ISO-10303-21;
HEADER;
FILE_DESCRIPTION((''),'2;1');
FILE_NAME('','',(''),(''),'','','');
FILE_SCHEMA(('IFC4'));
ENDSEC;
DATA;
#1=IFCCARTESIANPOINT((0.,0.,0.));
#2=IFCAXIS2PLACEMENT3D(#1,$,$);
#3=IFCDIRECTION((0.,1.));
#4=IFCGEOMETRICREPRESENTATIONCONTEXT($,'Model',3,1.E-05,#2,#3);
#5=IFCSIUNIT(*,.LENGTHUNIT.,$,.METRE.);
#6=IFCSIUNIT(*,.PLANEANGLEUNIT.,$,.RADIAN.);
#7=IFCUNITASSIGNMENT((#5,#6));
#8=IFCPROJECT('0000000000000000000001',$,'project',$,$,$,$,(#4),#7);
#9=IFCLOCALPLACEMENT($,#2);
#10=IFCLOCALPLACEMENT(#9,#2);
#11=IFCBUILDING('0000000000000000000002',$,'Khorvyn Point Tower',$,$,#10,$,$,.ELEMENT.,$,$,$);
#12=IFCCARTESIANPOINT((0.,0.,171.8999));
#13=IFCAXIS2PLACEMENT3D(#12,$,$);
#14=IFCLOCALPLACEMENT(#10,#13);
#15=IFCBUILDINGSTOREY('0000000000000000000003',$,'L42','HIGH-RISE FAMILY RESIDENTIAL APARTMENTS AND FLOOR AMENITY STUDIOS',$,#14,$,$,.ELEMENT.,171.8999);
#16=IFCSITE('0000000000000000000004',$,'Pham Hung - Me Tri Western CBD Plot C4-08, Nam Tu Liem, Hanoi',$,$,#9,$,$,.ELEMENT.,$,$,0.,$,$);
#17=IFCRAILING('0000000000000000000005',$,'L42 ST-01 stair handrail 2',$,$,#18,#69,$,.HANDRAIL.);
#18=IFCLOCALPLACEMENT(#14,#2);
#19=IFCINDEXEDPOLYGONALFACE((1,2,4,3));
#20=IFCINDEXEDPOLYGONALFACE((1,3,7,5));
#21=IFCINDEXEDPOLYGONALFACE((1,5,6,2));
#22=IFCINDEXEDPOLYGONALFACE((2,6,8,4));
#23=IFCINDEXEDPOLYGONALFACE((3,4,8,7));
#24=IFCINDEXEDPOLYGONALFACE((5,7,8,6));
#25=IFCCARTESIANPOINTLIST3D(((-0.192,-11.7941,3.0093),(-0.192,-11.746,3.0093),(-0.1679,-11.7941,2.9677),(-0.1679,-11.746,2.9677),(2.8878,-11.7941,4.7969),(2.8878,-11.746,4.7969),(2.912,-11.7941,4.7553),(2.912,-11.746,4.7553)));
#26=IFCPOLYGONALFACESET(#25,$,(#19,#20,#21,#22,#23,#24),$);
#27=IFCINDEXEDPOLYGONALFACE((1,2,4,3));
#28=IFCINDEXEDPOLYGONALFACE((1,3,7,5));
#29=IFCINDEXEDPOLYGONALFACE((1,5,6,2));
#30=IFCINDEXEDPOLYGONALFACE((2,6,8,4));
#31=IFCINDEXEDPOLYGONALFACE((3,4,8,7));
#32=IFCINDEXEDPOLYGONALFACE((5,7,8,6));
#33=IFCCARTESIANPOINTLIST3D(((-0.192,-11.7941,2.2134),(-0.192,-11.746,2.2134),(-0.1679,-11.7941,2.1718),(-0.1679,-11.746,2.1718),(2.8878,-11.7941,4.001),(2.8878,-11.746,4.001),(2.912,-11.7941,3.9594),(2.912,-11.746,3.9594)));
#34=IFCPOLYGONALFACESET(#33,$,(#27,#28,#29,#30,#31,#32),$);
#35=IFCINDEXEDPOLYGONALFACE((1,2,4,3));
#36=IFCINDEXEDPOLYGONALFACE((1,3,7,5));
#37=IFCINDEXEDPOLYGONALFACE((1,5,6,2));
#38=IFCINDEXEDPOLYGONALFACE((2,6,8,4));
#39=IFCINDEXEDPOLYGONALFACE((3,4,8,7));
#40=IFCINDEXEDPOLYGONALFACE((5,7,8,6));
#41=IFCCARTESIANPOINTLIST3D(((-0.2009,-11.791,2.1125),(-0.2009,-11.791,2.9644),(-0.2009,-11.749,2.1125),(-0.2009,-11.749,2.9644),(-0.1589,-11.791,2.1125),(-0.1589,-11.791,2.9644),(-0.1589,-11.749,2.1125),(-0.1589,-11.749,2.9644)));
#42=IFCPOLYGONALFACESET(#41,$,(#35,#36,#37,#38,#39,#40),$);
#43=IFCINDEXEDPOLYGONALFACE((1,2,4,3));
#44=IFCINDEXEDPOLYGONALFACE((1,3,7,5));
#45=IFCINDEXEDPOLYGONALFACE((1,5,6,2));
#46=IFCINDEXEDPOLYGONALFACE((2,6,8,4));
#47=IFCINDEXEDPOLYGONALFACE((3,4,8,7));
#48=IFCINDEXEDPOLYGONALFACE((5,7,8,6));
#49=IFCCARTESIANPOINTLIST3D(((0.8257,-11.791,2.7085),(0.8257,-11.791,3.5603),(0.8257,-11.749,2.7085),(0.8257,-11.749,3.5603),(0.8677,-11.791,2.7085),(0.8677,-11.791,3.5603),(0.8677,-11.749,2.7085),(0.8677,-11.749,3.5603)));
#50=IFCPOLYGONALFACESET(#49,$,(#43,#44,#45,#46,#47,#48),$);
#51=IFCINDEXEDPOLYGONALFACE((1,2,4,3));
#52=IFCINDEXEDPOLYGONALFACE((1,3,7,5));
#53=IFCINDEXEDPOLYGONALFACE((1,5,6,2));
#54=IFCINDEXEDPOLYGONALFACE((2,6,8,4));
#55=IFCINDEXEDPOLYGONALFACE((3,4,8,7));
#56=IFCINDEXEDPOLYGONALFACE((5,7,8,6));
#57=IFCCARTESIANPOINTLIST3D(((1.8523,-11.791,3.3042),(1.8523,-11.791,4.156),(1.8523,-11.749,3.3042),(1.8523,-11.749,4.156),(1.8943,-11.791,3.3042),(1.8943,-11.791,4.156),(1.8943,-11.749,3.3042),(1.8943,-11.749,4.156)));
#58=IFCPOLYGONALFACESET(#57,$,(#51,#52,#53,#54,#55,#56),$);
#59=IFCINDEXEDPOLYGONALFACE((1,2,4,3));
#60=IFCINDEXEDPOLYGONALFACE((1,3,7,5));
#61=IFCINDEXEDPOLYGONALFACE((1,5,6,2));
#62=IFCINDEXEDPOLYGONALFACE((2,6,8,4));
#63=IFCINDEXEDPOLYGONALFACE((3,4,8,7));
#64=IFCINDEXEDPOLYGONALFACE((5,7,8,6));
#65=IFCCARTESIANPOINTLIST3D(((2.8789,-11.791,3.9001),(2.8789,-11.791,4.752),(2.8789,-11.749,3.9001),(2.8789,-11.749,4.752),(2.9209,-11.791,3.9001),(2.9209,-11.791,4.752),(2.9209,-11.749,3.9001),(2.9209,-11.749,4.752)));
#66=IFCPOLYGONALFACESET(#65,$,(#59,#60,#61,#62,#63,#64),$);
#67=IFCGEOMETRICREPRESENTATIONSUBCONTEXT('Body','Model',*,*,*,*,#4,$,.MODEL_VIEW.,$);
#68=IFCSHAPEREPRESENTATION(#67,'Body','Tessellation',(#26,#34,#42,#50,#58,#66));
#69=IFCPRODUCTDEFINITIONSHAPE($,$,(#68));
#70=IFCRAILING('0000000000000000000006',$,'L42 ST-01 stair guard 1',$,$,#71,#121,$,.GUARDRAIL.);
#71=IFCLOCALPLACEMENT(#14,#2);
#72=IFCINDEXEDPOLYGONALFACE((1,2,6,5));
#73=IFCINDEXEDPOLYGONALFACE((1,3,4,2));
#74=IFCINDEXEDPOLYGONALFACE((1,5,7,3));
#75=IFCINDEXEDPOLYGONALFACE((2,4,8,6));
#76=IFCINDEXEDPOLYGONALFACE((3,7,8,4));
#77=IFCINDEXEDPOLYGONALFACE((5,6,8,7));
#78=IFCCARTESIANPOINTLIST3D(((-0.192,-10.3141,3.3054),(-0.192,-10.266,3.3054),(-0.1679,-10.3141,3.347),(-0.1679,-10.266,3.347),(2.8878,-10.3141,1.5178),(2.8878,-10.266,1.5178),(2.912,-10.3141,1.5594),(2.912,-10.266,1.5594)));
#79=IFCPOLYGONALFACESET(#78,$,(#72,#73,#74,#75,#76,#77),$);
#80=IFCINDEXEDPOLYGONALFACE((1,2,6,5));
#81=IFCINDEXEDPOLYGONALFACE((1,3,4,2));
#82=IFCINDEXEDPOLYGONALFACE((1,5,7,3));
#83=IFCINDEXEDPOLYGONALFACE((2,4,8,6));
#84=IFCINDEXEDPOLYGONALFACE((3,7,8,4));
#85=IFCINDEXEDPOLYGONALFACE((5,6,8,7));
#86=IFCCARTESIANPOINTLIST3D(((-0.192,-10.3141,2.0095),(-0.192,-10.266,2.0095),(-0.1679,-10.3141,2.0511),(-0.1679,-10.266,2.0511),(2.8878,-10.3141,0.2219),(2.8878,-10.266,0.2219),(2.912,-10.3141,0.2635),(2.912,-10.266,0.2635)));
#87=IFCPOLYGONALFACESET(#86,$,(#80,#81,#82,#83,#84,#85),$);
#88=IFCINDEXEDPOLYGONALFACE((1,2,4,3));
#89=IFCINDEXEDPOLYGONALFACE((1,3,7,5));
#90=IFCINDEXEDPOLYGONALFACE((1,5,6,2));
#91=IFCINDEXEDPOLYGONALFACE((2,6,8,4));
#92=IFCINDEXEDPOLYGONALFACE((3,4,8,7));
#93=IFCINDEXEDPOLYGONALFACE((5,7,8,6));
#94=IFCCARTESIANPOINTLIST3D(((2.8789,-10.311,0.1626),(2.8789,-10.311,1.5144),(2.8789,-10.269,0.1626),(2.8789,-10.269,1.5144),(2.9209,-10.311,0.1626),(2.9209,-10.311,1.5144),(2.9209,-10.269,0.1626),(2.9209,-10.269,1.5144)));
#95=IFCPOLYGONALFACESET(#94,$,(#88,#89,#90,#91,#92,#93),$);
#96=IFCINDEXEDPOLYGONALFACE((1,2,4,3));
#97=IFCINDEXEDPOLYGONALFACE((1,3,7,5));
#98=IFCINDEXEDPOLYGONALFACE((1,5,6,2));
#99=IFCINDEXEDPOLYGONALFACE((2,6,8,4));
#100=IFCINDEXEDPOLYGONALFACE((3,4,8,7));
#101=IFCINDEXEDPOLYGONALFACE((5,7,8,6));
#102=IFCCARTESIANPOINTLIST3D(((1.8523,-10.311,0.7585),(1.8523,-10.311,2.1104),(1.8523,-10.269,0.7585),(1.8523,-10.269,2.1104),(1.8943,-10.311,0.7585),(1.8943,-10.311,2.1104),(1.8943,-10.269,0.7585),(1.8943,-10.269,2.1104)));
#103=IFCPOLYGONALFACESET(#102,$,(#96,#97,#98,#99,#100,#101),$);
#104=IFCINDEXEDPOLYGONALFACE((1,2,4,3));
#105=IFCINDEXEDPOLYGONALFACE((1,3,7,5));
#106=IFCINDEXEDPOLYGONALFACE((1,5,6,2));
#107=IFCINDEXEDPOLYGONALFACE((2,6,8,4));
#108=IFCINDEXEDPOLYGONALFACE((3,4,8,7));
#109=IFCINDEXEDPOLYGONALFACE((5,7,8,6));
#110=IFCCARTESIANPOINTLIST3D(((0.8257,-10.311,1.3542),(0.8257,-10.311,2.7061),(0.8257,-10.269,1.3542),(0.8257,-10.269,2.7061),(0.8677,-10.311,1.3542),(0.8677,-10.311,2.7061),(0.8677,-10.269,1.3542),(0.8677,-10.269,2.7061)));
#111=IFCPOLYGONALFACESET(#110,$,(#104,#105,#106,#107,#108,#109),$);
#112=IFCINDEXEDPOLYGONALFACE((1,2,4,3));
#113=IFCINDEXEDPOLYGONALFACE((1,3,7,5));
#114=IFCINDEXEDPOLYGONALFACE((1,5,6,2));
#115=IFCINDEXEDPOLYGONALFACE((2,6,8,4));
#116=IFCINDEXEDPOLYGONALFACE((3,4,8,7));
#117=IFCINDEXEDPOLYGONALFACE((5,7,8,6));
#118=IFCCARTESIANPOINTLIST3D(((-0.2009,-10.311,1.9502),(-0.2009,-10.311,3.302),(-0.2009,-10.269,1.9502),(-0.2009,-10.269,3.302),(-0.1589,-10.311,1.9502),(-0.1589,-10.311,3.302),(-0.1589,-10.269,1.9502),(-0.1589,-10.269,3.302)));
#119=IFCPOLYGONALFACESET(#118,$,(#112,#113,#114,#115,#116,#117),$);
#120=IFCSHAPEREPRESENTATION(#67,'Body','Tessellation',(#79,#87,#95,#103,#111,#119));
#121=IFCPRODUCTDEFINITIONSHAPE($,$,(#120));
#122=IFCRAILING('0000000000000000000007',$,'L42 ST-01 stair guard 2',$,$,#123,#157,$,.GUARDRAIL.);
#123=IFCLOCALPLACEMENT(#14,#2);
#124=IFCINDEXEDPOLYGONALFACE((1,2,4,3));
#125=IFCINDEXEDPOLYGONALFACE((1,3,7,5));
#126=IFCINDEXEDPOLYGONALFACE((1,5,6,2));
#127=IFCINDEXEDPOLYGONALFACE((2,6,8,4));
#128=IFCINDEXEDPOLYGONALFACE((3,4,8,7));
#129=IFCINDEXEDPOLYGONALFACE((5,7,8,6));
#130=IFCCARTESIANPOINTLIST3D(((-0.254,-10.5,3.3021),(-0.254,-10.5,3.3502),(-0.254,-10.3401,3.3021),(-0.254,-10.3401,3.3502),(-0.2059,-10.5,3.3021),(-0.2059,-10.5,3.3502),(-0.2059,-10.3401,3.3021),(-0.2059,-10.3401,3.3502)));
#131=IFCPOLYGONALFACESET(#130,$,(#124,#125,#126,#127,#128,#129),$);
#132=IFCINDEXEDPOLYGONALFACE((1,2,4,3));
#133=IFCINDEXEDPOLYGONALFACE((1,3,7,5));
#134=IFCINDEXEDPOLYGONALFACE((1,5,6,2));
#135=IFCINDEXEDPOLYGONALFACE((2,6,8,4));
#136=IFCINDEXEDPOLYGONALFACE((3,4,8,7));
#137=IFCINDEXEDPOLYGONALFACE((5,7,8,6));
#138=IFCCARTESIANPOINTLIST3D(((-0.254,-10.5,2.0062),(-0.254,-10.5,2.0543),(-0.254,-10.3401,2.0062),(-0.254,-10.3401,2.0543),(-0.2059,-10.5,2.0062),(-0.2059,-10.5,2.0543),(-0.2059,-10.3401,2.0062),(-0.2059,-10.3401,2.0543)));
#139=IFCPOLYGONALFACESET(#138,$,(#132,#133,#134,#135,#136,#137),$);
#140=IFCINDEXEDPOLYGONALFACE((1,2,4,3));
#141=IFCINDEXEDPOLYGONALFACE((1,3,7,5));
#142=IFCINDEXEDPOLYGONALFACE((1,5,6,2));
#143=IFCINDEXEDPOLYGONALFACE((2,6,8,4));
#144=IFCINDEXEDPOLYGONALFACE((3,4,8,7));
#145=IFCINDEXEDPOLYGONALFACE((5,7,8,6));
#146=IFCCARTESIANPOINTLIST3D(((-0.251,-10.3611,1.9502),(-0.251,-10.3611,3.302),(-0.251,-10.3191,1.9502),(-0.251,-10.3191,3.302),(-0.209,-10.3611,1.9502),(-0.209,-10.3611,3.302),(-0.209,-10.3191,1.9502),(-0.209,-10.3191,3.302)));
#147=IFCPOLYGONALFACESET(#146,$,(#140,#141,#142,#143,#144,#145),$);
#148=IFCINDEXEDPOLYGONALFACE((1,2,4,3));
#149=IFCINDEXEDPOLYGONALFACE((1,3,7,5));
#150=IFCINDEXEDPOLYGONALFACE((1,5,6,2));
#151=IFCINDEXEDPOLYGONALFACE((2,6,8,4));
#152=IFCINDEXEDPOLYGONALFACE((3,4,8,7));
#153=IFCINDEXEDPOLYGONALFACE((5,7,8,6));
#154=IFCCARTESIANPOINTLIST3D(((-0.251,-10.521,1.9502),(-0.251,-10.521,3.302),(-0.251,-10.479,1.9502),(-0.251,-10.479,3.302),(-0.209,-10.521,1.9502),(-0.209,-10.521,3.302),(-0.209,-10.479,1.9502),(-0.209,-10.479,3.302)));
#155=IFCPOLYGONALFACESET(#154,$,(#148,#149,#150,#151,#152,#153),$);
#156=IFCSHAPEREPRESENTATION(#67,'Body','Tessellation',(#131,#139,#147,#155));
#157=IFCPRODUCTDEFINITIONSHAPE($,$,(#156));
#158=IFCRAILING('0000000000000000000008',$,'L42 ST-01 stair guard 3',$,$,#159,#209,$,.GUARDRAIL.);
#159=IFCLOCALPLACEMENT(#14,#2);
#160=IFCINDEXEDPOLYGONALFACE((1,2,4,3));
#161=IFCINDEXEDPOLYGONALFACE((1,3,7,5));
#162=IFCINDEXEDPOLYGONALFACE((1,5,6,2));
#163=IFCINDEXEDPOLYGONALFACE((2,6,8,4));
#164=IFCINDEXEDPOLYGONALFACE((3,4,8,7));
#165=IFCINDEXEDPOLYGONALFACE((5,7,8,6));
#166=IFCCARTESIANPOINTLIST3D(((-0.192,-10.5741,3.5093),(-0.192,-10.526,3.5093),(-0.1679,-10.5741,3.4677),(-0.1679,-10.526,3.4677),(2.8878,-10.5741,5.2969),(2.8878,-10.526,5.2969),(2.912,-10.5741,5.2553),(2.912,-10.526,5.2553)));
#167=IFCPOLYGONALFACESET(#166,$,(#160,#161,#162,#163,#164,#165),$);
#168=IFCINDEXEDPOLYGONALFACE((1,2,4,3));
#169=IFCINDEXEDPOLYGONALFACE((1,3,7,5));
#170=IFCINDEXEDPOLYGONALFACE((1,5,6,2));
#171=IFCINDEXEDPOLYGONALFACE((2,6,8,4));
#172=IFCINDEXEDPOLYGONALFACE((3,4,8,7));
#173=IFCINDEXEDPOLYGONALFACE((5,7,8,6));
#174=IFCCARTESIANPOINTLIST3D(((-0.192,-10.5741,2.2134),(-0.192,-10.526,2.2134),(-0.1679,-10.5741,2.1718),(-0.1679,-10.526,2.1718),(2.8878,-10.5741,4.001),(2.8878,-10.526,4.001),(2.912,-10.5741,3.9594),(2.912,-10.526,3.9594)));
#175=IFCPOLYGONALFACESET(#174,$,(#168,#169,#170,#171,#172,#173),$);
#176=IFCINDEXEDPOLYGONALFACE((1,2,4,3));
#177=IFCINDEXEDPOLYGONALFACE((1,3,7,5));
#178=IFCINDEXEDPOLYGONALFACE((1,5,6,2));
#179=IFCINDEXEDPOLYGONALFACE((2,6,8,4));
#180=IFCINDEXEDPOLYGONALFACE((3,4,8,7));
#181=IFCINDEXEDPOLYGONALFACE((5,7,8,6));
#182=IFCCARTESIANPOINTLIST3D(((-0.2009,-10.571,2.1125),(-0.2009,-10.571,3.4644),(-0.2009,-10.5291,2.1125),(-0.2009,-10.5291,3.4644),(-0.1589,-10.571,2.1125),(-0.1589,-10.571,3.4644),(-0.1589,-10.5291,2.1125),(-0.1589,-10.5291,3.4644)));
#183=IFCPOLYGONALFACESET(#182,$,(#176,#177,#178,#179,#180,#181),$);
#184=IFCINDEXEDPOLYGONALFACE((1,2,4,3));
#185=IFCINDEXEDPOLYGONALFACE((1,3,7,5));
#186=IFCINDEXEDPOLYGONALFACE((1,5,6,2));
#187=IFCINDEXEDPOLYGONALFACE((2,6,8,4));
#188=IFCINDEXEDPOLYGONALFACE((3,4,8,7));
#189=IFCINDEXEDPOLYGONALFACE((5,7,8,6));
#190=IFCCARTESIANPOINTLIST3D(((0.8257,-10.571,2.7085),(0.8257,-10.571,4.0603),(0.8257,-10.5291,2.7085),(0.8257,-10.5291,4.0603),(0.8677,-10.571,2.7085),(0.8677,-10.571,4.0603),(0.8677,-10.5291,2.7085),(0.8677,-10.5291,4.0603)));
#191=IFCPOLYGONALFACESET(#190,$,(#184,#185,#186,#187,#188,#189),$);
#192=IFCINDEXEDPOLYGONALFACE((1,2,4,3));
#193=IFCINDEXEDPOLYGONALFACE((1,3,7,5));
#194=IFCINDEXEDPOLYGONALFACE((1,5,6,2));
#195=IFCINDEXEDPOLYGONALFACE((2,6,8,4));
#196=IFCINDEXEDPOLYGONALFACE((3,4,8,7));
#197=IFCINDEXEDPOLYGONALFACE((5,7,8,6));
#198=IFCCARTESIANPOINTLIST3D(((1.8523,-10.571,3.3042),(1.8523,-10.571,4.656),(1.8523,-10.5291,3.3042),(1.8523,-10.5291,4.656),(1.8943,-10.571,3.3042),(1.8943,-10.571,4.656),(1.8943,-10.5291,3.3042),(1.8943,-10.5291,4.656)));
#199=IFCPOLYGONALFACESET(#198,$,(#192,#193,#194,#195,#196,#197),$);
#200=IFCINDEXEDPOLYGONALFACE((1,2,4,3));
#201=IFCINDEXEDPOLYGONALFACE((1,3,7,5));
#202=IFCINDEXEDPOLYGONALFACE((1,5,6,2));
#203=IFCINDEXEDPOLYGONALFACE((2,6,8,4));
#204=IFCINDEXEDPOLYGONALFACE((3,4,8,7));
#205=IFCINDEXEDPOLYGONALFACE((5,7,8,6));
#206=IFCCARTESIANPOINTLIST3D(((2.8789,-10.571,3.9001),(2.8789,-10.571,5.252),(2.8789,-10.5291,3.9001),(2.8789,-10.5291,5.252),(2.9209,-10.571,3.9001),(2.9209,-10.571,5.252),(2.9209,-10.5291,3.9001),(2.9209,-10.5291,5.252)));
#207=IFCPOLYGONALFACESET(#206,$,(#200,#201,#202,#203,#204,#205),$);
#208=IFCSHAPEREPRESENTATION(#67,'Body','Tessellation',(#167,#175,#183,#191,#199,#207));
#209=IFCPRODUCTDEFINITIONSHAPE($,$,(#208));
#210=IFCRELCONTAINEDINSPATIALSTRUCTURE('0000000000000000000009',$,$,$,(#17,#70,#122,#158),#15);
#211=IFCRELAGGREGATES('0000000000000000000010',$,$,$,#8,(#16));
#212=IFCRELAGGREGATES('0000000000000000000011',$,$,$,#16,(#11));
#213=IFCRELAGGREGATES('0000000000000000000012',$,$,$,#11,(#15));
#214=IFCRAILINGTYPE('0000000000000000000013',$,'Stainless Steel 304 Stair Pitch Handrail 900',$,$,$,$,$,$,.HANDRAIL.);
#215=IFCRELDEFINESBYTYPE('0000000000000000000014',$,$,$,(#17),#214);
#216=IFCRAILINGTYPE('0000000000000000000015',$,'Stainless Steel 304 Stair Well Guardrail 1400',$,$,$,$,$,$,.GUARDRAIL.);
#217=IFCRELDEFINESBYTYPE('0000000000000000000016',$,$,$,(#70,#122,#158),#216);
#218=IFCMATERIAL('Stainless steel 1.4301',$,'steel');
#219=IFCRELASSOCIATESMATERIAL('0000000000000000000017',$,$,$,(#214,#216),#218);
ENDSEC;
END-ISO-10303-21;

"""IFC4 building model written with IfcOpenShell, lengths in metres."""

from ifc_helpers import new_model, si_unit, direction, frame, origin, origin_2d, place, context, subcontext, project, spatial, rectangle, extrude, material, type_object, element, save


model = new_model("IFC4")

# Units and contexts
model_context = context("Model", 3, precision=1e-05, world=origin(), true_north=direction((0.0, 1.0)))
body_context = subcontext(model_context, "Body", "Model", "MODEL_VIEW")
ifc_project = project(units=[si_unit("LENGTHUNIT", "METRE"), si_unit("PLANEANGLEUNIT", "RADIAN")], contexts=[model_context])

# Site, building, storey
site_placement = place(None, origin())
site = spatial("IfcSite", under=ifc_project, at=site_placement, Name="Pham Hung - Me Tri Western CBD Plot C4-08, Nam Tu Liem, Hanoi", CompositionType="ELEMENT", RefElevation=0.0)
building_placement = place(site_placement, origin())
building = spatial("IfcBuilding", under=site, at=building_placement, Name="Khorvyn Point Tower", CompositionType="ELEMENT")
storey_placement = place(building_placement, frame((0.0, 0.0, 171.8999)))
storey = spatial("IfcBuildingStorey", under=building, at=storey_placement, Name="L42", Description="HIGH-RISE FAMILY RESIDENTIAL APARTMENTS AND FLOOR AMENITY STUDIOS", CompositionType="ELEMENT", Elevation=171.8999)

# Shared definitions
ifc_material_1 = material(Name="Stainless steel 1.4301", Category="steel")

# Railings
railing_type_1 = type_object("IfcRailingType", Name="Stainless Steel 304 Stair Pitch Handrail 900", PredefinedType="HANDRAIL", material=ifc_material_1)
railing_1_placement = place(storey_placement, frame((-0.1799, -11.77, 2.1125)))
element("IfcRailing", 1, at=railing_1_placement, inside=storey, type_object=railing_type_1, Name="L42 ST-01 stair handrail 2", PredefinedType="HANDRAIL", context=body_context, shape_type="SweptSolid", body=[
    extrude(rectangle(XDim=0.0481, YDim=0.0481, at=origin_2d()), frame((0.0, 0.0, 0.876), z_axis=(0.864873, 0.0, 0.50199), x_axis=(0.0, 1.0, 0.0)), (0.0, 0.0, 1.0), 3.561),
    extrude(rectangle(XDim=0.0481, YDim=0.0481, at=origin_2d()), frame((0.0, 0.0, 0.0801), z_axis=(0.864873, 0.0, 0.50199), x_axis=(0.0, 1.0, 0.0)), (0.0, 0.0, 1.0), 3.561),
    extrude(rectangle(XDim=0.042, YDim=0.042, at=origin_2d()), origin(), (0.0, 0.0, 1.0), 0.8518),
    extrude(rectangle(XDim=0.042, YDim=0.042, at=origin_2d()), frame((1.0266, 0.0, 0.5959)), (0.0, 0.0, 1.0), 0.8518),
    extrude(rectangle(XDim=0.042, YDim=0.042, at=origin_2d()), frame((2.0532, 0.0, 1.1917)), (0.0, 0.0, 1.0), 0.8518),
    extrude(rectangle(XDim=0.042, YDim=0.042, at=origin_2d()), frame((3.0798, 0.0, 1.7876)), (0.0, 0.0, 1.0), 0.8518),
])
railing_type_2 = type_object("IfcRailingType", Name="Stainless Steel 304 Stair Well Guardrail 1400", PredefinedType="GUARDRAIL", material=ifc_material_1)
railing_2_placement = place(storey_placement, frame((2.8999, -10.29, 0.1626)))
element("IfcRailing", 2, at=railing_2_placement, inside=storey, type_object=railing_type_2, Name="L42 ST-01 stair guard 1", PredefinedType="GUARDRAIL", context=body_context, shape_type="SweptSolid", body=[
    extrude(rectangle(XDim=0.0481, YDim=0.0481, at=origin_2d()), frame((0.0, 0.0, 1.376), z_axis=(-0.864873, 0.0, 0.50199), x_axis=(0.0, -1.0, 0.0)), (0.0, 0.0, 1.0), 3.561),
    extrude(rectangle(XDim=0.0481, YDim=0.0481, at=origin_2d()), frame((0.0, 0.0, 0.0801), z_axis=(-0.864873, 0.0, 0.50199), x_axis=(0.0, -1.0, 0.0)), (0.0, 0.0, 1.0), 3.561),
    extrude(rectangle(XDim=0.042, YDim=0.042, at=origin_2d()), origin(), (0.0, 0.0, 1.0), 1.3518),
    extrude(rectangle(XDim=0.042, YDim=0.042, at=origin_2d()), frame((-1.0266, 0.0, 0.5959)), (0.0, 0.0, 1.0), 1.3518),
    extrude(rectangle(XDim=0.042, YDim=0.042, at=origin_2d()), frame((-2.0532, 0.0, 1.1917)), (0.0, 0.0, 1.0), 1.3518),
    extrude(rectangle(XDim=0.042, YDim=0.042, at=origin_2d()), frame((-3.0798, 0.0, 1.7876)), (0.0, 0.0, 1.0), 1.3518),
])
railing_3_placement = place(storey_placement, frame((-0.23, -10.3401, 1.9502)))
element("IfcRailing", 3, at=railing_3_placement, inside=storey, type_object=railing_type_2, Name="L42 ST-01 stair guard 2", PredefinedType="GUARDRAIL", context=body_context, shape_type="SweptSolid", body=[
    extrude(rectangle(XDim=0.0481, YDim=0.0481, at=origin_2d()), frame((0.0, 0.0, 1.376), z_axis=(0.0, -1.0, 0.0), x_axis=(1.0, 0.0, 0.0)), (0.0, 0.0, 1.0), 0.1599),
    extrude(rectangle(XDim=0.0481, YDim=0.0481, at=origin_2d()), frame((0.0, 0.0, 0.0801), z_axis=(0.0, -1.0, 0.0), x_axis=(1.0, 0.0, 0.0)), (0.0, 0.0, 1.0), 0.1599),
    extrude(rectangle(XDim=0.042, YDim=0.042, at=origin_2d()), origin(), (0.0, 0.0, 1.0), 1.3518),
    extrude(rectangle(XDim=0.042, YDim=0.042, at=origin_2d()), frame((0.0, -0.1599, 0.0)), (0.0, 0.0, 1.0), 1.3518),
])
railing_4_placement = place(storey_placement, frame((-0.1799, -10.55, 2.1125)))
element("IfcRailing", 4, at=railing_4_placement, inside=storey, type_object=railing_type_2, Name="L42 ST-01 stair guard 3", PredefinedType="GUARDRAIL", context=body_context, shape_type="SweptSolid", body=[
    extrude(rectangle(XDim=0.0481, YDim=0.0481, at=origin_2d()), frame((0.0, 0.0, 1.376), z_axis=(0.864873, 0.0, 0.50199), x_axis=(0.0, 1.0, 0.0)), (0.0, 0.0, 1.0), 3.561),
    extrude(rectangle(XDim=0.0481, YDim=0.0481, at=origin_2d()), frame((0.0, 0.0, 0.0801), z_axis=(0.864873, 0.0, 0.50199), x_axis=(0.0, 1.0, 0.0)), (0.0, 0.0, 1.0), 3.561),
    extrude(rectangle(XDim=0.042, YDim=0.042, at=origin_2d()), origin(), (0.0, 0.0, 1.0), 1.3518),
    extrude(rectangle(XDim=0.042, YDim=0.042, at=origin_2d()), frame((1.0266, 0.0, 0.5959)), (0.0, 0.0, 1.0), 1.3518),
    extrude(rectangle(XDim=0.042, YDim=0.042, at=origin_2d()), frame((2.0532, 0.0, 1.1917)), (0.0, 0.0, 1.0), 1.3518),
    extrude(rectangle(XDim=0.042, YDim=0.042, at=origin_2d()), frame((3.0798, 0.0, 1.7876)), (0.0, 0.0, 1.0), 1.3518),
])

save(model, "model.ifc")
